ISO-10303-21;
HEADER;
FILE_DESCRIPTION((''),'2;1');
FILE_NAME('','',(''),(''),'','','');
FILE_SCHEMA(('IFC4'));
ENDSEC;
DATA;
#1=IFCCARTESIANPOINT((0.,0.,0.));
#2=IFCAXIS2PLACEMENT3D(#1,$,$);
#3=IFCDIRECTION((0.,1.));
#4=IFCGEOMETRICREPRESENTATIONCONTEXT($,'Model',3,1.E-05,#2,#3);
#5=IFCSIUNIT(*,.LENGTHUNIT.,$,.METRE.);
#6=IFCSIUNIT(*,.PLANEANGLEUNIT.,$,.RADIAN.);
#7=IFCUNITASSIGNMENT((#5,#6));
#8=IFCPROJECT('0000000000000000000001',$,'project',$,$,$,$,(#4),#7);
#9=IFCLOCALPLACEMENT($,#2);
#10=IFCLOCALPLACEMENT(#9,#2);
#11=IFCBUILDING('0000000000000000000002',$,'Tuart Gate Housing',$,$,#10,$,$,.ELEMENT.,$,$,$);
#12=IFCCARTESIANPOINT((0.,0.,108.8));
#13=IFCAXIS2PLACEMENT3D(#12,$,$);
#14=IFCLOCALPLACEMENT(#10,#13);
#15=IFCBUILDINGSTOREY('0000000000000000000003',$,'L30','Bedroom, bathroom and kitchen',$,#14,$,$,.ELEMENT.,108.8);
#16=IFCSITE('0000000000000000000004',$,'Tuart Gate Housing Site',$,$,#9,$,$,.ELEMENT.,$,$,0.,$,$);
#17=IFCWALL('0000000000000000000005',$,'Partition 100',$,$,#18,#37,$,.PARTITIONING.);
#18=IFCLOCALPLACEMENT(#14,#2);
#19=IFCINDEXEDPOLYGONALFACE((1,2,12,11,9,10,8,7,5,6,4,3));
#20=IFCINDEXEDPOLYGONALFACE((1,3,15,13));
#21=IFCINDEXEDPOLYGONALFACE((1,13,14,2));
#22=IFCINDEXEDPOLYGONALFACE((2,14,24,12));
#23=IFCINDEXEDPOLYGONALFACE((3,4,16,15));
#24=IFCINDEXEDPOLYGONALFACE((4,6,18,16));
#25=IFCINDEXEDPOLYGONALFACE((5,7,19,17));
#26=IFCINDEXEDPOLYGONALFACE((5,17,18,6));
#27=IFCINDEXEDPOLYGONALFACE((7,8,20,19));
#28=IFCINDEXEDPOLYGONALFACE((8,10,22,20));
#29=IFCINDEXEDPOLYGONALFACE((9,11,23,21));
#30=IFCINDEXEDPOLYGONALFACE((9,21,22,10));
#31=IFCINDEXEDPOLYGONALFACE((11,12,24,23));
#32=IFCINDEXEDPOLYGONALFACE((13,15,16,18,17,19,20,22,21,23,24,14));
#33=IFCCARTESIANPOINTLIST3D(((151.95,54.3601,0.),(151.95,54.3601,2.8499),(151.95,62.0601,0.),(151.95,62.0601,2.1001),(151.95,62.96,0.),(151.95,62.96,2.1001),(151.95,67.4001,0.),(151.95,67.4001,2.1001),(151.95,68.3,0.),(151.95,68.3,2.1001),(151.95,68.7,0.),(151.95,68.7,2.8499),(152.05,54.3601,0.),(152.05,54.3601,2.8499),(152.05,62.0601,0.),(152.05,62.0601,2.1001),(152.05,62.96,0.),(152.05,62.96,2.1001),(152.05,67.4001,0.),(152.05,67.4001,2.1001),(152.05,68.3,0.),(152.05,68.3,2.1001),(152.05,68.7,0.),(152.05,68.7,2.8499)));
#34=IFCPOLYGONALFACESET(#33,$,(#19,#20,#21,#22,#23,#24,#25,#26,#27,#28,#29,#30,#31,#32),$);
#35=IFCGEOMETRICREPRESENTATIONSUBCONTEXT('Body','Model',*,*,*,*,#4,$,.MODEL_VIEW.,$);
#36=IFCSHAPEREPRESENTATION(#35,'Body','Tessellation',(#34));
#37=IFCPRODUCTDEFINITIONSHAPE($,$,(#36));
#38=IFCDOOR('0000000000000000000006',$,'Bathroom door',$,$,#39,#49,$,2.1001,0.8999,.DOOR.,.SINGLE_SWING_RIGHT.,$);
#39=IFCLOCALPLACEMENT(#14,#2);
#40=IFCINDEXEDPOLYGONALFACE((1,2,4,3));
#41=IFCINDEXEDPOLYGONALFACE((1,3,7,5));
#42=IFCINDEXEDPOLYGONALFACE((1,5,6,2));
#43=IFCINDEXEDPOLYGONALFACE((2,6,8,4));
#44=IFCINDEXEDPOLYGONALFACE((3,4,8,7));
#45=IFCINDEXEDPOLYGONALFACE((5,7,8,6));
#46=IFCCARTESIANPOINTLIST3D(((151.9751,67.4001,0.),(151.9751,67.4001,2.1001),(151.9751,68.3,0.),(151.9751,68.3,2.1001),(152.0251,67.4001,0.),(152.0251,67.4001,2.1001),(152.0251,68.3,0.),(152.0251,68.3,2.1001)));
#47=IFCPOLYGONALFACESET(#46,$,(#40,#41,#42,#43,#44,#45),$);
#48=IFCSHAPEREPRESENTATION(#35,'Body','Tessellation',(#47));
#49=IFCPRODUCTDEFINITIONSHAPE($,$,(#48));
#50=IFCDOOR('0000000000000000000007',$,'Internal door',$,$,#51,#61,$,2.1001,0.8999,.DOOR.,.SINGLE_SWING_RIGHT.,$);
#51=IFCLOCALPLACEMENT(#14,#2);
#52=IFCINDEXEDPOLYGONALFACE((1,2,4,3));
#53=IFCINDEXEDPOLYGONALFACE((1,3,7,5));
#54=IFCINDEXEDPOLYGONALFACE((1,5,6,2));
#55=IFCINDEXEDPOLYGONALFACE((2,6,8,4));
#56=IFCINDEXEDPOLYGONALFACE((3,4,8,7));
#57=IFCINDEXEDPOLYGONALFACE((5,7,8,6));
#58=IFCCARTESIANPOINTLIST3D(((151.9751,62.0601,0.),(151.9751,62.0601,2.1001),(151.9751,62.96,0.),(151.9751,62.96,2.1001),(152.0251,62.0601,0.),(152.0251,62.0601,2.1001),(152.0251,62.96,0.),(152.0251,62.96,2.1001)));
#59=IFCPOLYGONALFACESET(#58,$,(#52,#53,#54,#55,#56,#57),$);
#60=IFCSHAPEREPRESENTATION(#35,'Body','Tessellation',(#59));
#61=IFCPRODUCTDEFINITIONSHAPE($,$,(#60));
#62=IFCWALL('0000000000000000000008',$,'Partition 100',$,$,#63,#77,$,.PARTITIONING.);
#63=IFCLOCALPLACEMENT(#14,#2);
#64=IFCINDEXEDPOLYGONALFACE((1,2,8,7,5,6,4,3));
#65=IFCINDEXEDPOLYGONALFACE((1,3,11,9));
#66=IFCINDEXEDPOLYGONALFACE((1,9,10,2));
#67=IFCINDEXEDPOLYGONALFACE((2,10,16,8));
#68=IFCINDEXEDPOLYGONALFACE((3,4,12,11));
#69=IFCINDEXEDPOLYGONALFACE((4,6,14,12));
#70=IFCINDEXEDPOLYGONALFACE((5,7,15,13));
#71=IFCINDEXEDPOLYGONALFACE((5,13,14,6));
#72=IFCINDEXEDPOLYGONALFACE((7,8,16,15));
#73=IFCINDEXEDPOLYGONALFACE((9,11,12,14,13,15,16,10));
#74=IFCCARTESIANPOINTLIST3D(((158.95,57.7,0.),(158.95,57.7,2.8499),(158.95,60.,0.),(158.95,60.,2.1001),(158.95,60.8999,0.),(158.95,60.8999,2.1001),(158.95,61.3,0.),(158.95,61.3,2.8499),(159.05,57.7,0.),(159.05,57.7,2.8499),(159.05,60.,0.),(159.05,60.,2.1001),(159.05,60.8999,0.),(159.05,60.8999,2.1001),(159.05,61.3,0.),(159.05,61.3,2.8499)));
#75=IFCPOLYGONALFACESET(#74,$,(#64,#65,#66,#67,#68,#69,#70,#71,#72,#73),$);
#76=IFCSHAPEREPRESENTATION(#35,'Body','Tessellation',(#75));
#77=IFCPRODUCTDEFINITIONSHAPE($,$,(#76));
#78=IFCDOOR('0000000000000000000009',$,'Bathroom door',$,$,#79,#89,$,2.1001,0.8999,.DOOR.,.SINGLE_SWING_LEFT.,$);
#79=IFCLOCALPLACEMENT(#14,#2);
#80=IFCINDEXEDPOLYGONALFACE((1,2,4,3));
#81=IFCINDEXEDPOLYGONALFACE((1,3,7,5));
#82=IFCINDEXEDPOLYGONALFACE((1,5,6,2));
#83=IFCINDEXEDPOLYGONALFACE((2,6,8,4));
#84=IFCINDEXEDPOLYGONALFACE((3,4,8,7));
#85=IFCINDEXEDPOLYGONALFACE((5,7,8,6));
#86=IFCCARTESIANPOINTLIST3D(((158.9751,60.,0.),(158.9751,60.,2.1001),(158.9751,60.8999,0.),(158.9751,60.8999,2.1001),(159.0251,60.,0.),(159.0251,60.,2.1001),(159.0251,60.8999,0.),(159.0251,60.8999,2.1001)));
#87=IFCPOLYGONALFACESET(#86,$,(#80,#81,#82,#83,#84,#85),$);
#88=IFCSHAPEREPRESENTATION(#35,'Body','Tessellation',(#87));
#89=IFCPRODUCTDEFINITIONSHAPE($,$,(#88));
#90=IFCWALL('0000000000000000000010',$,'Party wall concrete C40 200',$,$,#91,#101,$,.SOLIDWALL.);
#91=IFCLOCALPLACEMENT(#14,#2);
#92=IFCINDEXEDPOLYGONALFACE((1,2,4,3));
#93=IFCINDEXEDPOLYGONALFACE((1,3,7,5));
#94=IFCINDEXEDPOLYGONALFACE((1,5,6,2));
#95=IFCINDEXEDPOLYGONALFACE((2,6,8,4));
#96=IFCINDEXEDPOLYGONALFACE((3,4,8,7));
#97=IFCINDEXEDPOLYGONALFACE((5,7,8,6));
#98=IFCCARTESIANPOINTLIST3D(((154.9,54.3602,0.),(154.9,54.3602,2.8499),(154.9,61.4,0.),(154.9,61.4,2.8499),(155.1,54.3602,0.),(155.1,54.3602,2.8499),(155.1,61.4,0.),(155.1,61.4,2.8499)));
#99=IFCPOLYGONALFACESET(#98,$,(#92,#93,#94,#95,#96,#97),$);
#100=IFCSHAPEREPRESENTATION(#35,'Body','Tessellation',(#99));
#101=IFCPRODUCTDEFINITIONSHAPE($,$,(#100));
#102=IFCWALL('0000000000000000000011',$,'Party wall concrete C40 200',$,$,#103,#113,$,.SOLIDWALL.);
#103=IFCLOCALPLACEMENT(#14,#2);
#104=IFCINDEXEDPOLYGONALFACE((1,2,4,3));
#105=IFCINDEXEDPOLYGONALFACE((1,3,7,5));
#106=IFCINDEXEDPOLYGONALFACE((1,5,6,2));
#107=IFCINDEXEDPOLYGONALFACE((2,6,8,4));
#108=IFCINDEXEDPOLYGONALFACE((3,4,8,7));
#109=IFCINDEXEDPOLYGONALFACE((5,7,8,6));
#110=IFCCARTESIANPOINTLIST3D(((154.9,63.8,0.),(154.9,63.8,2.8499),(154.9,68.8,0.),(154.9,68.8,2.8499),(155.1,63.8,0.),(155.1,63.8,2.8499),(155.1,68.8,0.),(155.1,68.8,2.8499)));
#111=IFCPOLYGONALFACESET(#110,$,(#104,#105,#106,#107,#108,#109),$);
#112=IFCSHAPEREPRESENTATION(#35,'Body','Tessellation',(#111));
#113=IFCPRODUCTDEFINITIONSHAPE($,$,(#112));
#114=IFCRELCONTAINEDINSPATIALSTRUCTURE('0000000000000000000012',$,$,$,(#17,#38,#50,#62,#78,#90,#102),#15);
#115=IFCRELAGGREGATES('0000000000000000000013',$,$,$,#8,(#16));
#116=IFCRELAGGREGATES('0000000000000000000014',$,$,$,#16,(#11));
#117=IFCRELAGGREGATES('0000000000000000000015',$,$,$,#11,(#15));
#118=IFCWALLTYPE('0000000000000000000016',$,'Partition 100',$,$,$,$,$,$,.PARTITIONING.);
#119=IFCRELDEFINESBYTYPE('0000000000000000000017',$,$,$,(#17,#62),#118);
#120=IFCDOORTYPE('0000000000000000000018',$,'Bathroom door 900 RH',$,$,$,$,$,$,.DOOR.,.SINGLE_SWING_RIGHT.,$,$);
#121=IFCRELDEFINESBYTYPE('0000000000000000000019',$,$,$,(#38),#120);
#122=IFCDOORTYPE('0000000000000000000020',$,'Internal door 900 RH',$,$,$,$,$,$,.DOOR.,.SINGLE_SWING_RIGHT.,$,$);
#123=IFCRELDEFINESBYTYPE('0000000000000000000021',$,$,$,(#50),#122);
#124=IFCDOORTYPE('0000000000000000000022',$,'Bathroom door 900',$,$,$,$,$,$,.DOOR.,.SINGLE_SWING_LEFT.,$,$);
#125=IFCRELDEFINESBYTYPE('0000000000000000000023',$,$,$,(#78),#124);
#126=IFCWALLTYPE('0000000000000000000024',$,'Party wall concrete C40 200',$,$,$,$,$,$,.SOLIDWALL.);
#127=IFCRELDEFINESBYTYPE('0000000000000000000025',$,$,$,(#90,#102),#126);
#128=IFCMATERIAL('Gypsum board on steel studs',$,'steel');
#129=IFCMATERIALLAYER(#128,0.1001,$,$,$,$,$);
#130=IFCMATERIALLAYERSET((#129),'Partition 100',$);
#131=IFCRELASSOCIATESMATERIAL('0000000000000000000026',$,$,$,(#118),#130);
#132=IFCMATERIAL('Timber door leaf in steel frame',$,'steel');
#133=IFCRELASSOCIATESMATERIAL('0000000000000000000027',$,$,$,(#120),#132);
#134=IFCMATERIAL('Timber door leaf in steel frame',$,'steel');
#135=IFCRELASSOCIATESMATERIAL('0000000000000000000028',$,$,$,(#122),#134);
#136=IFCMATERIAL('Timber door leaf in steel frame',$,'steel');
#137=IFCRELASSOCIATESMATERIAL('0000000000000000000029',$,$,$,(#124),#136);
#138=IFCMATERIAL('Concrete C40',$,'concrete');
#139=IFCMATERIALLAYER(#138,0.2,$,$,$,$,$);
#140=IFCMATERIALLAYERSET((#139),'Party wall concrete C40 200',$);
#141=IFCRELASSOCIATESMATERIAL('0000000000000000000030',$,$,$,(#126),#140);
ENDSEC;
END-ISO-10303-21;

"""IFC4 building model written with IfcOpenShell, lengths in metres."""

from ifc_helpers import new_model, si_unit, direction, frame, frame_2d, origin, place, context, subcontext, project, spatial, rectangle, extrude, material, layer, layer_set, type_object, element, fill, save


model = new_model("IFC4")

# Units and contexts
model_context = context("Model", 3, precision=1e-05, world=origin(), true_north=direction((0.0, 1.0)))
body_context = subcontext(model_context, "Body", "Model", "MODEL_VIEW")
ifc_project = project(units=[si_unit("LENGTHUNIT", "METRE"), si_unit("PLANEANGLEUNIT", "RADIAN")], contexts=[model_context])

# Site, building, storey
site_placement = place(None, origin())
site = spatial("IfcSite", under=ifc_project, at=site_placement, Name="Tuart Gate Housing Site", CompositionType="ELEMENT", RefElevation=0.0)
building_placement = place(site_placement, origin())
building = spatial("IfcBuilding", under=site, at=building_placement, Name="Tuart Gate Housing", CompositionType="ELEMENT")
storey_placement = place(building_placement, frame((0.0, 0.0, 108.8)))
storey = spatial("IfcBuildingStorey", under=building, at=storey_placement, Name="L30", Description="Bedroom, bathroom and kitchen", CompositionType="ELEMENT", Elevation=108.8)

# Shared definitions
ifc_material_1 = material(Name="Gypsum board on steel studs", Category="steel")
ifc_layer_1 = layer(ifc_material_1, 0.1001)
ifc_layer_set_1 = layer_set([ifc_layer_1], Name="Partition 100")
wall_type_1 = type_object("IfcWallType", Name="Partition 100", PredefinedType="PARTITIONING", material=ifc_layer_set_1)

# Wall, openings, doors
wall_1_placement = place(storey_placement, frame((152.0, 54.3601, 0.0), z_axis=(0.0, 0.0, 1.0), x_axis=(0.0, 1.0, 0.0)))
wall_1 = element("IfcWall", 1, at=wall_1_placement, inside=storey, type_object=wall_type_1, Name="Partition 100", PredefinedType="PARTITIONING", context=body_context, shape_type="SweptSolid", body=[
    extrude(rectangle(XDim=14.3398, YDim=0.1001, at=frame_2d((7.1699, 0.0))), origin(), (0.0, 0.0, 1.0), 2.8499),
])
opening_1_placement = place(wall_1_placement, frame((7.7, 0.0, 0.0)))
opening_1 = element("IfcOpeningElement", 2, at=opening_1_placement, cuts=wall_1, PredefinedType="OPENING", context=body_context, shape_type="SweptSolid", body=[
    extrude(rectangle(XDim=0.8999, YDim=2.1001, at=frame_2d((0.45, 1.05))), frame((0.0, 0.0601, 0.0), z_axis=(0.0, -1.0, 0.0), x_axis=(1.0, 0.0, 0.0)), (0.0, 0.0, 1.0), 0.1201),
])
opening_2_placement = place(wall_1_placement, frame((13.04, 0.0, 0.0)))
opening_2 = element("IfcOpeningElement", 3, at=opening_2_placement, cuts=wall_1, PredefinedType="OPENING", context=body_context, shape_type="SweptSolid", body=[
    extrude(rectangle(XDim=0.8999, YDim=2.1001, at=frame_2d((0.45, 1.05))), frame((0.0, 0.0601, 0.0), z_axis=(0.0, -1.0, 0.0), x_axis=(1.0, 0.0, 0.0)), (0.0, 0.0, 1.0), 0.1201),
])
ifc_material_2 = material(Name="Timber door leaf in steel frame", Category="steel")
door_type_1 = type_object("IfcDoorType", Name="Bathroom door 900 RH", OperationType="SINGLE_SWING_RIGHT", PredefinedType="DOOR", material=ifc_material_2)
door_1_placement = place(opening_2_placement, origin())
door_1 = element("IfcDoor", 4, at=door_1_placement, inside=storey, type_object=door_type_1, Name="Bathroom door", OperationType="SINGLE_SWING_RIGHT", OverallHeight=2.1001, OverallWidth=0.8999, PredefinedType="DOOR", context=body_context, shape_type="SweptSolid", body=[
    extrude(rectangle(XDim=0.8999, YDim=2.1001, at=frame_2d((0.45, 1.05))), frame((0.0, 0.0249, 0.0), z_axis=(0.0, -1.0, 0.0), x_axis=(1.0, 0.0, 0.0)), (0.0, 0.0, 1.0), 0.05),
])
fill(opening_2, door_1)
ifc_material_3 = material(Name="Timber door leaf in steel frame", Category="steel")
door_type_2 = type_object("IfcDoorType", Name="Internal door 900 RH", OperationType="SINGLE_SWING_RIGHT", PredefinedType="DOOR", material=ifc_material_3)
door_2_placement = place(opening_1_placement, origin())
door_2 = element("IfcDoor", 5, at=door_2_placement, inside=storey, type_object=door_type_2, Name="Internal door", OperationType="SINGLE_SWING_RIGHT", OverallHeight=2.1001, OverallWidth=0.8999, PredefinedType="DOOR", context=body_context, shape_type="SweptSolid", body=[
    extrude(rectangle(XDim=0.8999, YDim=2.1001, at=frame_2d((0.45, 1.05))), frame((0.0, 0.0249, 0.0), z_axis=(0.0, -1.0, 0.0), x_axis=(1.0, 0.0, 0.0)), (0.0, 0.0, 1.0), 0.05),
])
fill(opening_1, door_2)

# Wall, opening, door
wall_2_placement = place(storey_placement, frame((159.0, 57.7, 0.0), z_axis=(0.0, 0.0, 1.0), x_axis=(0.0, 1.0, 0.0)))
wall_2 = element("IfcWall", 6, at=wall_2_placement, inside=storey, type_object=wall_type_1, Name="Partition 100", PredefinedType="PARTITIONING", context=body_context, shape_type="SweptSolid", body=[
    extrude(rectangle(XDim=3.6001, YDim=0.1001, at=frame_2d((1.8, 0.0))), origin(), (0.0, 0.0, 1.0), 2.8499),
])
opening_3_placement = place(wall_2_placement, frame((2.3, 0.0, 0.0)))
opening_3 = element("IfcOpeningElement", 7, at=opening_3_placement, cuts=wall_2, PredefinedType="OPENING", context=body_context, shape_type="SweptSolid", body=[
    extrude(rectangle(XDim=0.8999, YDim=2.1001, at=frame_2d((0.45, 1.05))), frame((0.0, 0.0601, 0.0), z_axis=(0.0, -1.0, 0.0), x_axis=(1.0, 0.0, 0.0)), (0.0, 0.0, 1.0), 0.1201),
])
ifc_material_4 = material(Name="Timber door leaf in steel frame", Category="steel")
door_type_3 = type_object("IfcDoorType", Name="Bathroom door 900", OperationType="SINGLE_SWING_LEFT", PredefinedType="DOOR", material=ifc_material_4)
door_3_placement = place(opening_3_placement, frame((0.8999, 0.0, 0.0), z_axis=(0.0, 0.0, 1.0), x_axis=(-1.0, 0.0, 0.0)))
door_3 = element("IfcDoor", 8, at=door_3_placement, inside=storey, type_object=door_type_3, Name="Bathroom door", OperationType="SINGLE_SWING_LEFT", OverallHeight=2.1001, OverallWidth=0.8999, PredefinedType="DOOR", context=body_context, shape_type="SweptSolid", body=[
    extrude(rectangle(XDim=0.8999, YDim=2.1001, at=frame_2d((0.45, 1.05))), frame((0.0, 0.0251, 0.0), z_axis=(0.0, -1.0, 0.0), x_axis=(1.0, 0.0, 0.0)), (0.0, 0.0, 1.0), 0.05),
])
fill(opening_3, door_3)

# Walls
ifc_material_5 = material(Name="Concrete C40", Category="concrete")
ifc_layer_2 = layer(ifc_material_5, 0.2)
ifc_layer_set_2 = layer_set([ifc_layer_2], Name="Party wall concrete C40 200")
wall_type_2 = type_object("IfcWallType", Name="Party wall concrete C40 200", PredefinedType="SOLIDWALL", material=ifc_layer_set_2)
wall_3_placement = place(storey_placement, frame((155.0, 54.3601, 0.0), z_axis=(0.0, 0.0, 1.0), x_axis=(0.0, 1.0, 0.0)))
element("IfcWall", 9, at=wall_3_placement, inside=storey, type_object=wall_type_2, Name="Party wall concrete C40 200", PredefinedType="SOLIDWALL", context=body_context, shape_type="SweptSolid", body=[
    extrude(rectangle(XDim=7.0398, YDim=0.2, at=frame_2d((3.52, 0.0))), origin(), (0.0, 0.0, 1.0), 2.8499),
])
wall_4_placement = place(storey_placement, frame((155.0, 63.8, 0.0), z_axis=(0.0, 0.0, 1.0), x_axis=(0.0, 1.0, 0.0)))
element("IfcWall", 10, at=wall_4_placement, inside=storey, type_object=wall_type_2, Name="Party wall concrete C40 200", PredefinedType="SOLIDWALL", context=body_context, shape_type="SweptSolid", body=[
    extrude(rectangle(XDim=5.0, YDim=0.2, at=frame_2d((2.5, 0.0))), origin(), (0.0, 0.0, 1.0), 2.8499),
])

save(model, "model.ifc")
